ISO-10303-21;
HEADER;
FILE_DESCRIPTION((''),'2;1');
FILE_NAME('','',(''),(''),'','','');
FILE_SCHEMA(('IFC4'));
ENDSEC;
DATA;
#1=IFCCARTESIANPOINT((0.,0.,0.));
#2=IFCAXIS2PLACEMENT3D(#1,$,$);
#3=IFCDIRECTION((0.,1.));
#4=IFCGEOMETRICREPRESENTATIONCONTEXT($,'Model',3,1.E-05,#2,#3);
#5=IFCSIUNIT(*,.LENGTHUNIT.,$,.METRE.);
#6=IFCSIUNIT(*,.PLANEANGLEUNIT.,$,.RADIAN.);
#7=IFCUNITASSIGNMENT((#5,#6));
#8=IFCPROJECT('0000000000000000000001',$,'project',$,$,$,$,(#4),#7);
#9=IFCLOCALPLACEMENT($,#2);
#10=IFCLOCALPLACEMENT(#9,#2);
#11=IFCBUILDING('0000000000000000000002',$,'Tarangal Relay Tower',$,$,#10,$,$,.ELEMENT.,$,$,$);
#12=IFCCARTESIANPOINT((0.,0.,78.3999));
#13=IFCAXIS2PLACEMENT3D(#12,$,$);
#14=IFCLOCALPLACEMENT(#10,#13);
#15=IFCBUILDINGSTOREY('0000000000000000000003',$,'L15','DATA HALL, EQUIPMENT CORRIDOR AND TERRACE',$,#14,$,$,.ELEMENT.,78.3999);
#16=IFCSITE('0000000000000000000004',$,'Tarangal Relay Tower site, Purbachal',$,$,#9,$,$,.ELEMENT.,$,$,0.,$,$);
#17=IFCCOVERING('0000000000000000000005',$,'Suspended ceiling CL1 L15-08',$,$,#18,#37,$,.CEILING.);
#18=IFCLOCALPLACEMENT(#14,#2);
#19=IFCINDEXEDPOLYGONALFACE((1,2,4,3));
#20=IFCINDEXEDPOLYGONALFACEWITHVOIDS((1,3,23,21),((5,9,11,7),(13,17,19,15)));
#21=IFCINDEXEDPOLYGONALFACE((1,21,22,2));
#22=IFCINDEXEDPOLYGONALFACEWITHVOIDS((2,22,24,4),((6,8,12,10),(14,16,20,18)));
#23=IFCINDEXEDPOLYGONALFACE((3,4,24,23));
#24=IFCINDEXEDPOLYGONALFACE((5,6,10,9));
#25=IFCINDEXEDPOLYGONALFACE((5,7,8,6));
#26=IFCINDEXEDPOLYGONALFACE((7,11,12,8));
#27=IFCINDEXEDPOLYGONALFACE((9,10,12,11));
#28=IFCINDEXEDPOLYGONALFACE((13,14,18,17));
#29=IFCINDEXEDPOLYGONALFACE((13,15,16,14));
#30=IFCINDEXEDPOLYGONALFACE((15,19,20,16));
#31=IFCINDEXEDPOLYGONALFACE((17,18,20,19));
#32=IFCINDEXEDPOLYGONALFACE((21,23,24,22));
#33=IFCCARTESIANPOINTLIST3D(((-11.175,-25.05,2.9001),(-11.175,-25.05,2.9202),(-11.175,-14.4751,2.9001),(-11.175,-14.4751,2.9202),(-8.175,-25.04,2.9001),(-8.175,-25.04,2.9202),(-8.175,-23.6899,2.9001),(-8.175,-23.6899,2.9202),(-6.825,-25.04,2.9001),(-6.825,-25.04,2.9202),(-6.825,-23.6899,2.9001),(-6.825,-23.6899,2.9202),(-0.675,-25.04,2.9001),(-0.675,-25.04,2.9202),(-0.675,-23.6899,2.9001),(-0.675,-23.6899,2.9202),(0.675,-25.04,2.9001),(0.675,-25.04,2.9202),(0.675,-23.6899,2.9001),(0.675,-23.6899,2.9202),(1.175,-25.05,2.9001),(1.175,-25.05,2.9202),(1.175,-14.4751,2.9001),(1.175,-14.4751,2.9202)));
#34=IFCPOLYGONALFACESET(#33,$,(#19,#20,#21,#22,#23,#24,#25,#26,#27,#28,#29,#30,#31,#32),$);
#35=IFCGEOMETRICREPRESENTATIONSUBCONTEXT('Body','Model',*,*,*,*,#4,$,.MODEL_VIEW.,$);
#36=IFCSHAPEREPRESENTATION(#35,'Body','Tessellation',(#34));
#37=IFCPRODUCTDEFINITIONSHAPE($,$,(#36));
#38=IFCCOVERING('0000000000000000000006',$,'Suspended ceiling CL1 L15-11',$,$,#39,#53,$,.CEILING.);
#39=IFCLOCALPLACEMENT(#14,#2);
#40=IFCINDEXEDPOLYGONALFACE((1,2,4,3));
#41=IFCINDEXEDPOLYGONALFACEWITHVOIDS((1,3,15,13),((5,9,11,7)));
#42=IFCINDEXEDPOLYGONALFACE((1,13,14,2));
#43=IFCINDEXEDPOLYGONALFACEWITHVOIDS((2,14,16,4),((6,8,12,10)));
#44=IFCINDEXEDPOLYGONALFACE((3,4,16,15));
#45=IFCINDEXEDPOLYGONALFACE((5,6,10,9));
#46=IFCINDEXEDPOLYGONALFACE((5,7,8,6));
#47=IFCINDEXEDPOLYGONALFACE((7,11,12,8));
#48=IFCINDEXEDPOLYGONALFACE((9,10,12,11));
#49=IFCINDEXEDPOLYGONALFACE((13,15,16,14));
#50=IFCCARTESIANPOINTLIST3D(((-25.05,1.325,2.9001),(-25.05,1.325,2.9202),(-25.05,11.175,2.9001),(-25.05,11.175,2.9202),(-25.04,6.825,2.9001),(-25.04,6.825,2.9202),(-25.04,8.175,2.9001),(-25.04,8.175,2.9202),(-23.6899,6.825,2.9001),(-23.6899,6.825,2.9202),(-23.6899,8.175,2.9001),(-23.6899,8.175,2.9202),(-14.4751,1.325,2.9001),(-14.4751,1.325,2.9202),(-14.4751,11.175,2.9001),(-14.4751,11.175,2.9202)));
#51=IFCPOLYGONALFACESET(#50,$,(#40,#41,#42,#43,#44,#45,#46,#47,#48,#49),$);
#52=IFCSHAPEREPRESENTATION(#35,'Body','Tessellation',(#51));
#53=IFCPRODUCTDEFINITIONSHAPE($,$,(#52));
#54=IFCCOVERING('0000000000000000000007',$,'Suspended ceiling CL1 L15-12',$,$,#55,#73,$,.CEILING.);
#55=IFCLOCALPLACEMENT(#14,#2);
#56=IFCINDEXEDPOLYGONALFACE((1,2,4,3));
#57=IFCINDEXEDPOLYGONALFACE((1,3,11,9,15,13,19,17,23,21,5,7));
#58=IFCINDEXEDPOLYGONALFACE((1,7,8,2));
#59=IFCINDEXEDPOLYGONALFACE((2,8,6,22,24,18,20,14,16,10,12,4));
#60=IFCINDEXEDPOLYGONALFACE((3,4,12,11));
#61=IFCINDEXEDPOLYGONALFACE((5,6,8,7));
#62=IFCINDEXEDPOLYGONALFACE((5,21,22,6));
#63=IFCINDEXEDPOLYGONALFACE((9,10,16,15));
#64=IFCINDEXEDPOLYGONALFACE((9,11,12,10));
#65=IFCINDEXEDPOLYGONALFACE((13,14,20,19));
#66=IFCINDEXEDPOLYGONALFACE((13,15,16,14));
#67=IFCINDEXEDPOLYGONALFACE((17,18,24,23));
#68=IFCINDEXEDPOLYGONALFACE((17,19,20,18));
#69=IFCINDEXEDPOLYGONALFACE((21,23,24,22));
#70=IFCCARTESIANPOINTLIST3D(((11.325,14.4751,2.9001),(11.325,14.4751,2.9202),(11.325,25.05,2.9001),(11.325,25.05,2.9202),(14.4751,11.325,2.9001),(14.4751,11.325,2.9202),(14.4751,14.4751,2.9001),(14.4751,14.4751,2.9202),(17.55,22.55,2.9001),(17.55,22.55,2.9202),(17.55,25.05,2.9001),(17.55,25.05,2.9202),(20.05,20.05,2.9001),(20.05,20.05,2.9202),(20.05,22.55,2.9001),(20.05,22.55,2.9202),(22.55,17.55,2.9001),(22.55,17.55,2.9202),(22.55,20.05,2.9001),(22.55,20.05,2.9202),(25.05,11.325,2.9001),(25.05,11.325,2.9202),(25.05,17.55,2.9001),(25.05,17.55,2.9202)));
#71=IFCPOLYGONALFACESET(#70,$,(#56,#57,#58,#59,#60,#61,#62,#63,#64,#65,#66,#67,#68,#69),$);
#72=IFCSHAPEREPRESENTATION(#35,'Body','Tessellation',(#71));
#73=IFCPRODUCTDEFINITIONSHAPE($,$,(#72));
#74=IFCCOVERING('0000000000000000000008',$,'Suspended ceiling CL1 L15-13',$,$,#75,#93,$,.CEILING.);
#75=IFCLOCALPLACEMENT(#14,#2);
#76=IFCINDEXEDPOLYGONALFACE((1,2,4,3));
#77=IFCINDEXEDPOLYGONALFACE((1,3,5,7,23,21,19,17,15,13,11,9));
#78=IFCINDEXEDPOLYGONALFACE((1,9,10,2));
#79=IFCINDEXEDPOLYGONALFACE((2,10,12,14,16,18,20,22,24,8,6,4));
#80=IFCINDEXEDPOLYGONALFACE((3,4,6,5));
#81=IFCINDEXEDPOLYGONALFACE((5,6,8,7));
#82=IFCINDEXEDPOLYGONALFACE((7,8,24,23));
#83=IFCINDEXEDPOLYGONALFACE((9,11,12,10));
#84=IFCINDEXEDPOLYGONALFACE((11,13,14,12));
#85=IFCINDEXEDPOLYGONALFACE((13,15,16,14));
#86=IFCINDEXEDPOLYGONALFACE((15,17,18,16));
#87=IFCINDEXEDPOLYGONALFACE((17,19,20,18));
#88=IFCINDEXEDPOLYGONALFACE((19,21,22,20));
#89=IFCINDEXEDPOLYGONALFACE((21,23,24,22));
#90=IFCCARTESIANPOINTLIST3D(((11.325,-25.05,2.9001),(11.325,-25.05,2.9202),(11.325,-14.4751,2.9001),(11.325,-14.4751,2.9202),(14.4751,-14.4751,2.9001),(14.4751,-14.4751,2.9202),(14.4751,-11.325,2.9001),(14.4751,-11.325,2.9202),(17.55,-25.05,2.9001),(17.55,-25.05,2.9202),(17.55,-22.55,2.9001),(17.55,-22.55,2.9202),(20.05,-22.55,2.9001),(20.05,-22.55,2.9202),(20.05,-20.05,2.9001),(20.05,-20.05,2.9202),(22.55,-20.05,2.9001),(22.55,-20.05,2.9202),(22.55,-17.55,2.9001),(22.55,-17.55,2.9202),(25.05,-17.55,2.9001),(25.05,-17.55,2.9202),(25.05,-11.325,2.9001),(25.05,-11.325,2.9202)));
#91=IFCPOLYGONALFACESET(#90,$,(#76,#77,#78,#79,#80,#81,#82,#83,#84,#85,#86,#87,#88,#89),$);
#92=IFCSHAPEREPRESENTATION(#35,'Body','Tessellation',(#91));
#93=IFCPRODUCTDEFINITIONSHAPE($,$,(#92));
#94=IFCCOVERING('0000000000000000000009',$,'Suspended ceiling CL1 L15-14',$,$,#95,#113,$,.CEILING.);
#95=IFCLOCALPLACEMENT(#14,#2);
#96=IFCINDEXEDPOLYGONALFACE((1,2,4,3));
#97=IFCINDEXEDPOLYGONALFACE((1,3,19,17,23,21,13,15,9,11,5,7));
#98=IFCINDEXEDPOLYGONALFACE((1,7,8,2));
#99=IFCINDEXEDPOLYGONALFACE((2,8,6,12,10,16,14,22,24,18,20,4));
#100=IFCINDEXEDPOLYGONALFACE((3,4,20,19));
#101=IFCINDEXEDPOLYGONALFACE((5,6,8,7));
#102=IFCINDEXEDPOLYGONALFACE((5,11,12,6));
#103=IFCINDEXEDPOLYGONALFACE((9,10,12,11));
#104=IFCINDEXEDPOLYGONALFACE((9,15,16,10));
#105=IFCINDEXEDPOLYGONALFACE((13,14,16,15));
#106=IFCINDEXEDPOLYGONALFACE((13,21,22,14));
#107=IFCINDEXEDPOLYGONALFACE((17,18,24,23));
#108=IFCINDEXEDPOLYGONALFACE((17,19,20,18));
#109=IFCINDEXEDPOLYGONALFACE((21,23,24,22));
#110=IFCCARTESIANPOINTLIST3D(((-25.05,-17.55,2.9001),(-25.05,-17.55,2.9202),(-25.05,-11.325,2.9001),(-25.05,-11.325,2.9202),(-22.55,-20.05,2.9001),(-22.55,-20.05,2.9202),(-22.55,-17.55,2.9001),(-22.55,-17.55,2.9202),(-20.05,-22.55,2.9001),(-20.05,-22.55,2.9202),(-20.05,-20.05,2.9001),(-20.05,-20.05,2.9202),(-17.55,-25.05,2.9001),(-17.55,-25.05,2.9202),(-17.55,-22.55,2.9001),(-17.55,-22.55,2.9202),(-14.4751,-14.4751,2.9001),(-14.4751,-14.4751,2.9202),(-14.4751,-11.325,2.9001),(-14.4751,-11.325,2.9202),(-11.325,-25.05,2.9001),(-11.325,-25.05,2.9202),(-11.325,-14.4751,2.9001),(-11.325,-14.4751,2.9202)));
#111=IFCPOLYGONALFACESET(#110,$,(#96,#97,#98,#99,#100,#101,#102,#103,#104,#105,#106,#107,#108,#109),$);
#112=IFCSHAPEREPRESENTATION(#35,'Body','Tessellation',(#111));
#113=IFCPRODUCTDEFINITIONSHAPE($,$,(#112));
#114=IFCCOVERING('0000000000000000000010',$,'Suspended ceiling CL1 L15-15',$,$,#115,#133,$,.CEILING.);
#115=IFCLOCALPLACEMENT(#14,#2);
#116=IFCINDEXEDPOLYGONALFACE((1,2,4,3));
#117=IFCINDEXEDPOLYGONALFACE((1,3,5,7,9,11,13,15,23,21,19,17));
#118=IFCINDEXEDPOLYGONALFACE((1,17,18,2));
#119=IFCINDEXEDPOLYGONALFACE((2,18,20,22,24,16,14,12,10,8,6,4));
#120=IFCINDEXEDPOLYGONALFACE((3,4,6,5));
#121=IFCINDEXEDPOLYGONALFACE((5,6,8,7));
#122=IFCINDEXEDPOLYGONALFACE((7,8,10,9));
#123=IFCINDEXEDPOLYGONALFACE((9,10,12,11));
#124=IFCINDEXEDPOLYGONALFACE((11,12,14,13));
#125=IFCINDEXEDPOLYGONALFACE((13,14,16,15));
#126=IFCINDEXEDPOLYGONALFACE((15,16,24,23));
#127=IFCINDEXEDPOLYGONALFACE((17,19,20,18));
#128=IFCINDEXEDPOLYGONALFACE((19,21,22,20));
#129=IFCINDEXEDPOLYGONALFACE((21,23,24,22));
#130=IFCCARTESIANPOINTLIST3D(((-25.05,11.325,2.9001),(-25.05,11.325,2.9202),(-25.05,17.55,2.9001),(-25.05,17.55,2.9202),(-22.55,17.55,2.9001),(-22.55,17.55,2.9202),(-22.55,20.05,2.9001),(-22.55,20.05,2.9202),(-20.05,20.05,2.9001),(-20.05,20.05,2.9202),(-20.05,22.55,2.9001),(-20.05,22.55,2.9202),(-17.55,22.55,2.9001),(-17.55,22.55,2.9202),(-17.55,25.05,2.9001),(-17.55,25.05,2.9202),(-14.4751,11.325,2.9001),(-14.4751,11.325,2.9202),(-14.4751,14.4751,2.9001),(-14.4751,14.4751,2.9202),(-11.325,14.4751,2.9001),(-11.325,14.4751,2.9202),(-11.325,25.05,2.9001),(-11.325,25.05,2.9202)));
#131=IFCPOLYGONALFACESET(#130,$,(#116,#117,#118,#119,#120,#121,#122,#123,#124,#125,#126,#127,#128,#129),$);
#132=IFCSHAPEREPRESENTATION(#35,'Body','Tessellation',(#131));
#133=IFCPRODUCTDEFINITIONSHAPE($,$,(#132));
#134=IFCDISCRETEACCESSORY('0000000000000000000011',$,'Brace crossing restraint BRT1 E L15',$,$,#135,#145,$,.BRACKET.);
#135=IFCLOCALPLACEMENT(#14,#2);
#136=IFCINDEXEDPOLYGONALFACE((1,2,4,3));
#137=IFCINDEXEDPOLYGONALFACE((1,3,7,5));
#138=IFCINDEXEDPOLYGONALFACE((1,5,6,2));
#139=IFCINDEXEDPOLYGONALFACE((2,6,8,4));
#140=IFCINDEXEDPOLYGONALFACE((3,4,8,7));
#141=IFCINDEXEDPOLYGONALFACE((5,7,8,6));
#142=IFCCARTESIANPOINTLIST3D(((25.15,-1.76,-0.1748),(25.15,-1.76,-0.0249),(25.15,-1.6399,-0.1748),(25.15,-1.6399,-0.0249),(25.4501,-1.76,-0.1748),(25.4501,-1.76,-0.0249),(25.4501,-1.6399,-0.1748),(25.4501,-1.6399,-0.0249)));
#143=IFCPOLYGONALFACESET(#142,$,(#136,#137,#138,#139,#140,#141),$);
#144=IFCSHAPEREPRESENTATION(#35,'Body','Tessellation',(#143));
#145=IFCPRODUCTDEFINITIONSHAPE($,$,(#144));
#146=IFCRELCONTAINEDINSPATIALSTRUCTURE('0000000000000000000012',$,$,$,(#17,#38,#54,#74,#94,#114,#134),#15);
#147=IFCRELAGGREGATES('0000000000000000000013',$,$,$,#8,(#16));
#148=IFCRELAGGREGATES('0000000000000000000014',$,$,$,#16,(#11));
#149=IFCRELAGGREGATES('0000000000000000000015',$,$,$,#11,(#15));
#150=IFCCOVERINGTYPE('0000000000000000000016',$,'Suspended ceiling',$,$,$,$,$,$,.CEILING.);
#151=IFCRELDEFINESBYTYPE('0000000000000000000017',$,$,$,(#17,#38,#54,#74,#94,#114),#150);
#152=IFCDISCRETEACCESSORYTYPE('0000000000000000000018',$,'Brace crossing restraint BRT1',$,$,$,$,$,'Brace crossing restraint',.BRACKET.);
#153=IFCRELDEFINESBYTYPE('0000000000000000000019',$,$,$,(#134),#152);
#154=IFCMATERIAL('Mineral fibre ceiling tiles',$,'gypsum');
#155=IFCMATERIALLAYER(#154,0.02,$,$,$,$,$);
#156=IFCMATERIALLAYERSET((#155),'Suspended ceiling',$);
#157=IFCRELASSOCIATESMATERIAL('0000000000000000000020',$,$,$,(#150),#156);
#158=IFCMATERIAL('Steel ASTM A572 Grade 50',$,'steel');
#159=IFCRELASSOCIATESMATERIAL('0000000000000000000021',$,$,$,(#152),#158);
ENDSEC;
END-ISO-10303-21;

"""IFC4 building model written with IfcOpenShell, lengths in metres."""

from ifc_helpers import new_model, si_unit, direction, frame, origin, origin_2d, place, context, subcontext, project, spatial, polyline, rectangle, outline, extrude, material, layer, layer_set, type_object, element, save


model = new_model("IFC4")

# Units and contexts
model_context = context("Model", 3, precision=1e-05, world=origin(), true_north=direction((0.0, 1.0)))
body_context = subcontext(model_context, "Body", "Model", "MODEL_VIEW")
ifc_project = project(units=[si_unit("LENGTHUNIT", "METRE"), si_unit("PLANEANGLEUNIT", "RADIAN")], contexts=[model_context])

# Site, building, storey
site_placement = place(None, origin())
site = spatial("IfcSite", under=ifc_project, at=site_placement, Name="Tarangal Relay Tower site, Purbachal", CompositionType="ELEMENT", RefElevation=0.0)
building_placement = place(site_placement, origin())
building = spatial("IfcBuilding", under=site, at=building_placement, Name="Tarangal Relay Tower", CompositionType="ELEMENT")
storey_placement = place(building_placement, frame((0.0, 0.0, 78.3999)))
storey = spatial("IfcBuildingStorey", under=building, at=storey_placement, Name="L15", Description="DATA HALL, EQUIPMENT CORRIDOR AND TERRACE", CompositionType="ELEMENT", Elevation=78.3999)

# Shared definitions
ifc_material_1 = material(Name="Steel ASTM A572 Grade 50", Category="steel")

# Coverings
ifc_material_2 = material(Name="Mineral fibre ceiling tiles", Category="gypsum")
ifc_layer_1 = layer(ifc_material_2, 0.02)
ifc_layer_set_1 = layer_set([ifc_layer_1], Name="Suspended ceiling")
covering_type_1 = type_object("IfcCoveringType", Name="Suspended ceiling", PredefinedType="CEILING", material=ifc_layer_set_1)
covering_1_placement = place(storey_placement, frame((0.0, 0.0, 2.9001)))
element("IfcCovering", 1, at=covering_1_placement, inside=storey, type_object=covering_type_1, Name="Suspended ceiling CL1 L15-08", PredefinedType="CEILING", context=body_context, shape_type="SweptSolid", body=[
    extrude(outline(polyline([(-11.175, -25.05), (1.175, -25.05), (1.175, -14.4751), (-11.175, -14.4751), (-11.175, -25.05)]), holes=[polyline([(-6.825, -25.04), (-6.825, -23.6899), (-8.175, -23.6899), (-8.175, -25.04), (-6.825, -25.04)]), polyline([(0.675, -25.04), (0.675, -23.6899), (-0.675, -23.6899), (-0.675, -25.04), (0.675, -25.04)])]), origin(), (0.0, 0.0, 1.0), 0.02),
])
covering_2_placement = place(storey_placement, frame((0.0, 0.0, 2.9001)))
element("IfcCovering", 2, at=covering_2_placement, inside=storey, type_object=covering_type_1, Name="Suspended ceiling CL1 L15-11", PredefinedType="CEILING", context=body_context, shape_type="SweptSolid", body=[
    extrude(outline(polyline([(-25.05, 11.175), (-25.05, 1.325), (-14.4751, 1.325), (-14.4751, 11.175), (-25.05, 11.175)]), holes=[polyline([(-23.6899, 8.175), (-25.04, 8.175), (-25.04, 6.825), (-23.6899, 6.825), (-23.6899, 8.175)])]), origin(), (0.0, 0.0, 1.0), 0.02),
])
covering_3_placement = place(storey_placement, frame((0.0, 0.0, 2.9001)))
element("IfcCovering", 3, at=covering_3_placement, inside=storey, type_object=covering_type_1, Name="Suspended ceiling CL1 L15-12", PredefinedType="CEILING", context=body_context, shape_type="SweptSolid", body=[
    extrude(outline(polyline([(17.55, 25.05), (11.325, 25.05), (11.325, 14.4751), (14.4751, 14.4751), (14.4751, 11.325), (25.05, 11.325), (25.05, 17.55), (22.55, 17.55), (22.55, 20.05), (20.05, 20.05), (20.05, 22.55), (17.55, 22.55), (17.55, 25.05)])), origin(), (0.0, 0.0, 1.0), 0.02),
])
covering_4_placement = place(storey_placement, frame((0.0, 0.0, 2.9001)))
element("IfcCovering", 4, at=covering_4_placement, inside=storey, type_object=covering_type_1, Name="Suspended ceiling CL1 L15-13", PredefinedType="CEILING", context=body_context, shape_type="SweptSolid", body=[
    extrude(outline(polyline([(25.05, -17.55), (25.05, -11.325), (14.4751, -11.325), (14.4751, -14.4751), (11.325, -14.4751), (11.325, -25.05), (17.55, -25.05), (17.55, -22.55), (20.05, -22.55), (20.05, -20.05), (22.55, -20.05), (22.55, -17.55), (25.05, -17.55)])), origin(), (0.0, 0.0, 1.0), 0.02),
])
covering_5_placement = place(storey_placement, frame((0.0, 0.0, 2.9001)))
element("IfcCovering", 5, at=covering_5_placement, inside=storey, type_object=covering_type_1, Name="Suspended ceiling CL1 L15-14", PredefinedType="CEILING", context=body_context, shape_type="SweptSolid", body=[
    extrude(outline(polyline([(-17.55, -22.55), (-17.55, -25.05), (-11.325, -25.05), (-11.325, -14.4751), (-14.4751, -14.4751), (-14.4751, -11.325), (-25.05, -11.325), (-25.05, -17.55), (-22.55, -17.55), (-22.55, -20.05), (-20.05, -20.05), (-20.05, -22.55), (-17.55, -22.55)])), origin(), (0.0, 0.0, 1.0), 0.02),
])
covering_6_placement = place(storey_placement, frame((0.0, 0.0, 2.9001)))
element("IfcCovering", 6, at=covering_6_placement, inside=storey, type_object=covering_type_1, Name="Suspended ceiling CL1 L15-15", PredefinedType="CEILING", context=body_context, shape_type="SweptSolid", body=[
    extrude(outline(polyline([(-22.55, 17.55), (-25.05, 17.55), (-25.05, 11.325), (-14.4751, 11.325), (-14.4751, 14.4751), (-11.325, 14.4751), (-11.325, 25.05), (-17.55, 25.05), (-17.55, 22.55), (-20.05, 22.55), (-20.05, 20.05), (-22.55, 20.05), (-22.55, 17.55)])), origin(), (0.0, 0.0, 1.0), 0.02),
])

# Discrete accessory
discrete_accessory_type = type_object("IfcDiscreteAccessoryType", Name="Brace crossing restraint BRT1", ElementType="Brace crossing restraint", PredefinedType="BRACKET", material=ifc_material_1)
discrete_accessory_placement = place(storey_placement, frame((25.3, -1.7, -0.1748), z_axis=(0.0, 0.0, 1.0), x_axis=(1.0, 0.0, 0.0)))
element("IfcDiscreteAccessory", 7, at=discrete_accessory_placement, inside=storey, type_object=discrete_accessory_type, Name="Brace crossing restraint BRT1 E L15", PredefinedType="BRACKET", context=body_context, shape_type="SweptSolid", body=[
    extrude(rectangle(XDim=0.3, YDim=0.1201, at=origin_2d()), origin(), (0.0, 0.0, 1.0), 0.1499),
])

save(model, "model.ifc")
